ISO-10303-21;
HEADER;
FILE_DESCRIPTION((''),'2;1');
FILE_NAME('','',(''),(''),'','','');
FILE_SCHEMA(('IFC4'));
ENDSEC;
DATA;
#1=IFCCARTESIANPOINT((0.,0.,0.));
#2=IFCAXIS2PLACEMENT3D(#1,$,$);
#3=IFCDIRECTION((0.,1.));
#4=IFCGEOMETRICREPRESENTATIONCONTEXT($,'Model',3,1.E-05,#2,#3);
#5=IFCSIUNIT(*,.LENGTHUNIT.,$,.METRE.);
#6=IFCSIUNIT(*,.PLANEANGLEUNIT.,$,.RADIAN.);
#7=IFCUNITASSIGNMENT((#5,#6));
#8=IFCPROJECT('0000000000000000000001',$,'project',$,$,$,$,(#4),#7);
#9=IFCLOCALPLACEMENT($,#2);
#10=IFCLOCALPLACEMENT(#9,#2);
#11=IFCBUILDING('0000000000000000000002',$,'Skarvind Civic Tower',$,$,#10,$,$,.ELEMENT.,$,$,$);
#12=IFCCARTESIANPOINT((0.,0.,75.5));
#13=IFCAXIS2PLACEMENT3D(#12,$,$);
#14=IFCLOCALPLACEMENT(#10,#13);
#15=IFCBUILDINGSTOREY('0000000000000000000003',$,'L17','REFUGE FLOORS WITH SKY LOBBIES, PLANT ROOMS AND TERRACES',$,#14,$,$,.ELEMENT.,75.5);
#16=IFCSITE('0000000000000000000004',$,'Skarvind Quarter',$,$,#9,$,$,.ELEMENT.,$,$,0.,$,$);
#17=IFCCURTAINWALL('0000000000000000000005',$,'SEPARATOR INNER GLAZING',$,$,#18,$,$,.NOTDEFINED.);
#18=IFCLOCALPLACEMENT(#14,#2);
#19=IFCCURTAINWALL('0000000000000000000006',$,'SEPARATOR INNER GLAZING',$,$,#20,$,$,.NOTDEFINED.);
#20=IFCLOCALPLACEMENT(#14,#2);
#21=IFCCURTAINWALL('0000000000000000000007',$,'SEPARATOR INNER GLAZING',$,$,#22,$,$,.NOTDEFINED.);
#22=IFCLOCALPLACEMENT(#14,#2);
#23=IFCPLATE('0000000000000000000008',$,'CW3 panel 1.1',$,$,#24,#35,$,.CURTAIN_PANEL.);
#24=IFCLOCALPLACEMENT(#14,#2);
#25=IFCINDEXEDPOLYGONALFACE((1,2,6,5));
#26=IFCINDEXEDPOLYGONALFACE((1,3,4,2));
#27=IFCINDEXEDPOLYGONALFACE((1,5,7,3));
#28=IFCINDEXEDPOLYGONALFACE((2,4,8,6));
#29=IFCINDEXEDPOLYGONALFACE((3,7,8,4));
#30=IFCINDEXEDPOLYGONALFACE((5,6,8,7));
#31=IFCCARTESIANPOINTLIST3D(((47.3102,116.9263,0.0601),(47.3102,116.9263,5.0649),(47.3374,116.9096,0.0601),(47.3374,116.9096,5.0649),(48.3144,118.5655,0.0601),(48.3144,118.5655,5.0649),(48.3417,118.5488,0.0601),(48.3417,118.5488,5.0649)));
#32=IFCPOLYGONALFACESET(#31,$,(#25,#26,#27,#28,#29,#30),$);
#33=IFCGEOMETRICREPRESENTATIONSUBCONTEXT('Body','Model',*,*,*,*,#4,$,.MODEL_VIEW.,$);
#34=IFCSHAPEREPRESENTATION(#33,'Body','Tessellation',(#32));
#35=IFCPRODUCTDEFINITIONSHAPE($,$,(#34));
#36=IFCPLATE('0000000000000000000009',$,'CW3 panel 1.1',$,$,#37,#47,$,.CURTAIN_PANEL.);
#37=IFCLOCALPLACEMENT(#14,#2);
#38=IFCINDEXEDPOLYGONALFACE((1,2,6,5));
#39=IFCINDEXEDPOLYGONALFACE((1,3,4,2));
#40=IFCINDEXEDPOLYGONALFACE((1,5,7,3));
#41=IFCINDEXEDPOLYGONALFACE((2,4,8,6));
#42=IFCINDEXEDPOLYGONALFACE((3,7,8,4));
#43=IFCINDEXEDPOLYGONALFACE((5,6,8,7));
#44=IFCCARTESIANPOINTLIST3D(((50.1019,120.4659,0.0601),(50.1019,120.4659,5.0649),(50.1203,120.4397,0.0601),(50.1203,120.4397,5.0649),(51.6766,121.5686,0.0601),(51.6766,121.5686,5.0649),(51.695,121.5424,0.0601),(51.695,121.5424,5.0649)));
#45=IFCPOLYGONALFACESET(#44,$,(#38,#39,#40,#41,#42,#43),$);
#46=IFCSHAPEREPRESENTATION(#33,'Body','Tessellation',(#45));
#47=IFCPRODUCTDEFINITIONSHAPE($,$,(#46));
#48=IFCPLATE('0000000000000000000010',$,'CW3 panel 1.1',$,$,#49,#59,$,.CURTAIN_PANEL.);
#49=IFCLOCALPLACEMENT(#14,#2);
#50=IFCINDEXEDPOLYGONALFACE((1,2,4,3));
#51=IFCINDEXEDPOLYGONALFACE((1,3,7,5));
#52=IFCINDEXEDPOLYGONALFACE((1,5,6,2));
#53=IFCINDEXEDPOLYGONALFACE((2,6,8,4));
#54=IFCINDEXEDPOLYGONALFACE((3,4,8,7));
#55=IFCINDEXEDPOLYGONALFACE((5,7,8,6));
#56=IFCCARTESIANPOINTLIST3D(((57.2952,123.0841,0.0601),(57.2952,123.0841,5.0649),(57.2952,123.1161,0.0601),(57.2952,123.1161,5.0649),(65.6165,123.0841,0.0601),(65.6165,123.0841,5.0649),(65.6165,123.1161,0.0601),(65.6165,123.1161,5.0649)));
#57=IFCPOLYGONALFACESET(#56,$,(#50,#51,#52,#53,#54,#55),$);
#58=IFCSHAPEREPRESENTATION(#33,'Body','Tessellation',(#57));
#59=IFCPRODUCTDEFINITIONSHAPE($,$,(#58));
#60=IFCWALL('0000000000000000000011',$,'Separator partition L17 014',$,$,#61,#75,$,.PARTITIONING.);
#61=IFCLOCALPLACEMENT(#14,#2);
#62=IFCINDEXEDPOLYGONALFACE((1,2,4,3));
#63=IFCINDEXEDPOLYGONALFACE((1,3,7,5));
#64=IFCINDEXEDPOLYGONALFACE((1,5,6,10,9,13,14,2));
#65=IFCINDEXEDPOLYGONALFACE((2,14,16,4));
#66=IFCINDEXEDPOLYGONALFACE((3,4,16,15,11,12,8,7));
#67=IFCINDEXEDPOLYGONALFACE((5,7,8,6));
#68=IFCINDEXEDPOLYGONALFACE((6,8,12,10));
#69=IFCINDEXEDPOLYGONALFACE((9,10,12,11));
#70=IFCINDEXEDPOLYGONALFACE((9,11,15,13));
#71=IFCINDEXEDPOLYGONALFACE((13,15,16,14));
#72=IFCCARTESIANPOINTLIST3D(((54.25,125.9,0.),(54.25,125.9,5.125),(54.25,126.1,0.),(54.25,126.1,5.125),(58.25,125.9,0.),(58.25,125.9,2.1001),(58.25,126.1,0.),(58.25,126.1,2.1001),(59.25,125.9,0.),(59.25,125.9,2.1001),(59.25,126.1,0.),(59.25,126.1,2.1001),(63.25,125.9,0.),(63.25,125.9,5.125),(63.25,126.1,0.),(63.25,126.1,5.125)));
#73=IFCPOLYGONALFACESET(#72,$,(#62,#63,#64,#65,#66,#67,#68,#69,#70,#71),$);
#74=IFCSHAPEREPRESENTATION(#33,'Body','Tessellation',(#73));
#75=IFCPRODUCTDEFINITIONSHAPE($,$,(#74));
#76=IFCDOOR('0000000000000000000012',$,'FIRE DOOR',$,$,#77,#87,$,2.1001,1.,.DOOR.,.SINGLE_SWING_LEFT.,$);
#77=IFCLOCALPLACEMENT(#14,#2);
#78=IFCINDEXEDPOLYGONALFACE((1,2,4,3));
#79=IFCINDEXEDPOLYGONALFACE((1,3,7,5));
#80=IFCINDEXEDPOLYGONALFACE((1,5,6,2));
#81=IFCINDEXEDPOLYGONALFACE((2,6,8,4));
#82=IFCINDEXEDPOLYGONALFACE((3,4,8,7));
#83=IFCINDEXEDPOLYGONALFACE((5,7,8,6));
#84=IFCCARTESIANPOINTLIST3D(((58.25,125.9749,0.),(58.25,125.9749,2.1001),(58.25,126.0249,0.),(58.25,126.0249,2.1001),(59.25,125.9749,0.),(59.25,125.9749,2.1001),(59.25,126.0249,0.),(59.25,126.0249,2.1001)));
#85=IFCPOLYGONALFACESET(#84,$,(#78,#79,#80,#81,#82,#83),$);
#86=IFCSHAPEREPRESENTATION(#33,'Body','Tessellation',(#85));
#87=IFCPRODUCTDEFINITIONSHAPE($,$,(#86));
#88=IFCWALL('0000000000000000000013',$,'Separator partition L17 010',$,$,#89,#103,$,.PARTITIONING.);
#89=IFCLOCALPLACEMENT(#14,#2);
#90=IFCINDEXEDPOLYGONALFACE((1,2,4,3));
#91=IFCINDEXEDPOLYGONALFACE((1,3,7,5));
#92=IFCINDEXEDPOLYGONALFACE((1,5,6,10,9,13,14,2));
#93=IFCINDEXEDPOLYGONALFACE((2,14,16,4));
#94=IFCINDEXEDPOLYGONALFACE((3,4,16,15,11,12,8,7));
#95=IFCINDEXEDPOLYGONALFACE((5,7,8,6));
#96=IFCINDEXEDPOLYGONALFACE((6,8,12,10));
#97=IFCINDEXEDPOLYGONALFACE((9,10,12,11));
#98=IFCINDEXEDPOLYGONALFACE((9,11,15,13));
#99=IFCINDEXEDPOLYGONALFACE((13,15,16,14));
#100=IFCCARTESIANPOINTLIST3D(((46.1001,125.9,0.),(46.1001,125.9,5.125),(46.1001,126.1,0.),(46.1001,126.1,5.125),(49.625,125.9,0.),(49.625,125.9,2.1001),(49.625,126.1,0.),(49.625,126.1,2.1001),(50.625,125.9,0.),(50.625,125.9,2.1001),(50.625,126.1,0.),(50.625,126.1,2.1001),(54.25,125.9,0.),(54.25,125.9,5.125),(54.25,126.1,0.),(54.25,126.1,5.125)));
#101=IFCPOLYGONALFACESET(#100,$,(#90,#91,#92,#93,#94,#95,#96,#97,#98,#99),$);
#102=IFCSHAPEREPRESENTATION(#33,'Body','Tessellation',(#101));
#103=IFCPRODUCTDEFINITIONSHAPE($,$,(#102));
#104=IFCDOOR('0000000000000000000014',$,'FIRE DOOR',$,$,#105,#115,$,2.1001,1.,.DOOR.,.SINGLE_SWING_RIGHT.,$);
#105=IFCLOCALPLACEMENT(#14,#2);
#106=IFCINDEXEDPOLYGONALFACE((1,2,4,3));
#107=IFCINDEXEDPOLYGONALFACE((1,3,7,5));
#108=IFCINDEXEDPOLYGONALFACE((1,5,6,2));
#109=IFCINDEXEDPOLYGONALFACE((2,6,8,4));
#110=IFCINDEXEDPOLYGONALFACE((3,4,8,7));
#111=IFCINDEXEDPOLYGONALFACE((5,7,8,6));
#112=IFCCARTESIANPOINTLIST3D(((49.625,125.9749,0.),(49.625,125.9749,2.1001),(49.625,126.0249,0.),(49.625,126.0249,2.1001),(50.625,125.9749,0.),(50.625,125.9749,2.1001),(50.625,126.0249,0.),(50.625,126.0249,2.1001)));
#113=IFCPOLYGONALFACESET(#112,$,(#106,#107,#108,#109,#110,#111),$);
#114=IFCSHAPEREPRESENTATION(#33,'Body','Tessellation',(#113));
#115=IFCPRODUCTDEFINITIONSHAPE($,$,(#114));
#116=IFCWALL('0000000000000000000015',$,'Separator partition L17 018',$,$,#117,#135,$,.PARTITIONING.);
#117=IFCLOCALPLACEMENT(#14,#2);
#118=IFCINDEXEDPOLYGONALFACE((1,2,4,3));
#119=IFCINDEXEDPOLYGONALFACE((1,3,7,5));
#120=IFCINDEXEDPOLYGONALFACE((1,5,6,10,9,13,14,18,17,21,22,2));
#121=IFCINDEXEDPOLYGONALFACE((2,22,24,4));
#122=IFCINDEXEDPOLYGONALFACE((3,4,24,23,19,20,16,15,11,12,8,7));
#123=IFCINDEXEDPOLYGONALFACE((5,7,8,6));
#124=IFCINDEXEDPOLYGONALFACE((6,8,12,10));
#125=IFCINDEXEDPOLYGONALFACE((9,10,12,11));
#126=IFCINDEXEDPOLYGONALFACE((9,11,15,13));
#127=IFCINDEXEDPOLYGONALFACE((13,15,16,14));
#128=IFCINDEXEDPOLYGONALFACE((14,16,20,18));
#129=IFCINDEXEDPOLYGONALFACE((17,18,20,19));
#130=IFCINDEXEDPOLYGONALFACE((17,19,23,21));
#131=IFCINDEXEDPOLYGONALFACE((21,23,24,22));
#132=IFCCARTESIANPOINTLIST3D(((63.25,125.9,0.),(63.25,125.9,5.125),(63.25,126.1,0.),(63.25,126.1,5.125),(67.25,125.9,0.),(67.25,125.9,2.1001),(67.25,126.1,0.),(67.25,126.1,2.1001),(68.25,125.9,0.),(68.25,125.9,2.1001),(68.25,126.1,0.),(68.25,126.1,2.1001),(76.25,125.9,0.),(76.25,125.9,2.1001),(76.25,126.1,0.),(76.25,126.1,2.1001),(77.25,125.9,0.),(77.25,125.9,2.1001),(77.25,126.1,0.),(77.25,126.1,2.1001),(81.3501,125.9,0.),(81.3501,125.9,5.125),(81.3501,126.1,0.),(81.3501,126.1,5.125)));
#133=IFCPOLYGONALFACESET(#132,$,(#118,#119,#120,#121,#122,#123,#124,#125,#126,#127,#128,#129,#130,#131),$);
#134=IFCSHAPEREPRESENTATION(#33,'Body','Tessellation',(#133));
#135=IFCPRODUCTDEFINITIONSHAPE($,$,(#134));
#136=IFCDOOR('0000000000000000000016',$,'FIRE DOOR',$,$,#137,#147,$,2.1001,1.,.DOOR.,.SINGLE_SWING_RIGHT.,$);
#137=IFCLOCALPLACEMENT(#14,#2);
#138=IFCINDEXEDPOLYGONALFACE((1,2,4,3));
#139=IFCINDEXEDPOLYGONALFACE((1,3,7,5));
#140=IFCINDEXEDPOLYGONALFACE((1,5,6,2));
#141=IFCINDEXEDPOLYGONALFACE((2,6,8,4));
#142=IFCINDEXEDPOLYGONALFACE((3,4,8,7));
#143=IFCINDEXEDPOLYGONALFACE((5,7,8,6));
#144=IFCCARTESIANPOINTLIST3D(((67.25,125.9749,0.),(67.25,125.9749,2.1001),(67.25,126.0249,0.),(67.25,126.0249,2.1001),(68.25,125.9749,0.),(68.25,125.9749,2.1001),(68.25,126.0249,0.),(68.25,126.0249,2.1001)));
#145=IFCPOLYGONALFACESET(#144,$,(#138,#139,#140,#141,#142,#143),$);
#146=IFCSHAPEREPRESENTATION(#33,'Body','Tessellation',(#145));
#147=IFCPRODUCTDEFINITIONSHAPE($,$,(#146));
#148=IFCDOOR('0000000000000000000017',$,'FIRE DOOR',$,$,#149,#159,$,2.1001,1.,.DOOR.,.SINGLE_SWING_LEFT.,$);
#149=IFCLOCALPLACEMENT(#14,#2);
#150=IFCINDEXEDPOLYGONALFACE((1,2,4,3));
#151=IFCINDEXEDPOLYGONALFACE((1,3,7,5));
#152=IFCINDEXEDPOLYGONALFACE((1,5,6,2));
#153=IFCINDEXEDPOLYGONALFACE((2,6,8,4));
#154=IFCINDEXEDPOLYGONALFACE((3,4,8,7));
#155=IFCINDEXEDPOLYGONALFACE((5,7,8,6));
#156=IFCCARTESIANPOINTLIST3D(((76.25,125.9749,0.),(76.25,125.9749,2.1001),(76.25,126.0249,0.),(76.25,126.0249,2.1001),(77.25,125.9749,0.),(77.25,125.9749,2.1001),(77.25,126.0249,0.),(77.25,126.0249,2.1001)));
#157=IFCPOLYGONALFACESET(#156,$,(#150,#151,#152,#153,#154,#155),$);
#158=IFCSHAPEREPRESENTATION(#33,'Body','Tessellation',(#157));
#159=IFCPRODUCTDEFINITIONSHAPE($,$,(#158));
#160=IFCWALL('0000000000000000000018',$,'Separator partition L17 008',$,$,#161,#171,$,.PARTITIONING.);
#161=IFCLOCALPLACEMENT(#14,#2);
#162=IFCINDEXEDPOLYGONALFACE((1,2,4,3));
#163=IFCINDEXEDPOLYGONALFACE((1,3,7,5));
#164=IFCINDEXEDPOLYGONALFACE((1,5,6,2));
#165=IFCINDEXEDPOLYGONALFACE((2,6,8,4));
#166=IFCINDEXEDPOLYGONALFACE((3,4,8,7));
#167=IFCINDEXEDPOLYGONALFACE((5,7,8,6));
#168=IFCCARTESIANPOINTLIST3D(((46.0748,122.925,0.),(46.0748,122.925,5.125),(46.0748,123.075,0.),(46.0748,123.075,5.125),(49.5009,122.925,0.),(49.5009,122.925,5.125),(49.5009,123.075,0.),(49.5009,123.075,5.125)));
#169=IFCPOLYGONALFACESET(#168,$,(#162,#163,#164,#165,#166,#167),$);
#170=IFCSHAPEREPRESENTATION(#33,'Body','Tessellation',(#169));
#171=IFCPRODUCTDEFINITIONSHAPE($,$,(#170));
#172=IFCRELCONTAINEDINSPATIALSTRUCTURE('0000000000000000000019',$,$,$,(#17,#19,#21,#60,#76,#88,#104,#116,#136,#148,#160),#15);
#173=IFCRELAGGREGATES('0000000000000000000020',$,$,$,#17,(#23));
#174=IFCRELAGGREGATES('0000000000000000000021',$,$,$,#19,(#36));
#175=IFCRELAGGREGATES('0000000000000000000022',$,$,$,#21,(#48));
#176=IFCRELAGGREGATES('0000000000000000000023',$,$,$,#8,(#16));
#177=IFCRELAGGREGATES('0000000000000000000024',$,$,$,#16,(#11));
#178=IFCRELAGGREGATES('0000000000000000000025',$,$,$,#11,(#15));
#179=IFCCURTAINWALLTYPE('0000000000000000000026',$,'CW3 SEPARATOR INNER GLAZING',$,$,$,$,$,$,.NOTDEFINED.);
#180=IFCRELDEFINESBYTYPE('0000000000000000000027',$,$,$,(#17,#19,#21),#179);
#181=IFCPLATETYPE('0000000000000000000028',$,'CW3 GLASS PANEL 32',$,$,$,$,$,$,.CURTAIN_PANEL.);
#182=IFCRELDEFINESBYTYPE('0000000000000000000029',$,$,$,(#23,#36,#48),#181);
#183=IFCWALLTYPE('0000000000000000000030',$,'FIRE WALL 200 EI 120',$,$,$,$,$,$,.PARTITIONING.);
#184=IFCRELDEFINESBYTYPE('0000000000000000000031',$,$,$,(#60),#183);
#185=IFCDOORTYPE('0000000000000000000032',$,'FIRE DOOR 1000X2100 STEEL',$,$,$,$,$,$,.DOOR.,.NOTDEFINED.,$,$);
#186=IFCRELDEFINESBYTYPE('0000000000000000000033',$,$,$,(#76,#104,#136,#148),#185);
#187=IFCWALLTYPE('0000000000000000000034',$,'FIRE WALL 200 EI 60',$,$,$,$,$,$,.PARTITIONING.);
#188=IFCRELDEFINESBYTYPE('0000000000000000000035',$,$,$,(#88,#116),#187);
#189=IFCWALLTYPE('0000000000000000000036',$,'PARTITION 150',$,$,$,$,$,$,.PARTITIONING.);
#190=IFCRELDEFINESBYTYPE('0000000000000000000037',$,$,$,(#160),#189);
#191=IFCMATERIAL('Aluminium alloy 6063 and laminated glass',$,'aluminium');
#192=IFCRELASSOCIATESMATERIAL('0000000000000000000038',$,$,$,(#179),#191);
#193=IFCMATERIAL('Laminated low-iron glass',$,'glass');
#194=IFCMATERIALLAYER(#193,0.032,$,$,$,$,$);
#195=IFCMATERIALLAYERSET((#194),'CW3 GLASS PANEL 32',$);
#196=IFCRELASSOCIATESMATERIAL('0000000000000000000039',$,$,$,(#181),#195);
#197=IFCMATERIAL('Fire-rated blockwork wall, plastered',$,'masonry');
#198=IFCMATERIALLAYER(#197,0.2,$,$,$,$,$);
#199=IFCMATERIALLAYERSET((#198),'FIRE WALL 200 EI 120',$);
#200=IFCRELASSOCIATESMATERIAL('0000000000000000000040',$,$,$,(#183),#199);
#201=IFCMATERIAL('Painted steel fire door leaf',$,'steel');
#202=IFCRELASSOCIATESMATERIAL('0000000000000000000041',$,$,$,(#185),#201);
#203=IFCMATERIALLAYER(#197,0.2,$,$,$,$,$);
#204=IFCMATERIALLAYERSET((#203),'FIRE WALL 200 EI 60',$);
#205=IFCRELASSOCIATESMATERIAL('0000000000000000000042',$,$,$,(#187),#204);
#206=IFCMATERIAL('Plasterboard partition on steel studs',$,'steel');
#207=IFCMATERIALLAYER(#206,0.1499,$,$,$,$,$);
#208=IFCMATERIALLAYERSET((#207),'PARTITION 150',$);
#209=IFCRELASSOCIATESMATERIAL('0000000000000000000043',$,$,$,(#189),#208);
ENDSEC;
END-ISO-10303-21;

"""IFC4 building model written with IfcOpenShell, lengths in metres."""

from ifc_helpers import new_model, si_unit, direction, frame, frame_2d, origin, origin_2d, place, context, subcontext, project, spatial, rectangle, extrude, material, layer, layer_set, type_object, element, fill, aggregate, save


model = new_model("IFC4")

# Units and contexts
model_context = context("Model", 3, precision=1e-05, world=origin(), true_north=direction((0.0, 1.0)))
body_context = subcontext(model_context, "Body", "Model", "MODEL_VIEW")
ifc_project = project(units=[si_unit("LENGTHUNIT", "METRE"), si_unit("PLANEANGLEUNIT", "RADIAN")], contexts=[model_context])

# Site, building, storey
site_placement = place(None, origin())
site = spatial("IfcSite", under=ifc_project, at=site_placement, Name="Skarvind Quarter", CompositionType="ELEMENT", RefElevation=0.0)
building_placement = place(site_placement, origin())
building = spatial("IfcBuilding", under=site, at=building_placement, Name="Skarvind Civic Tower", CompositionType="ELEMENT")
storey_placement = place(building_placement, frame((0.0, 0.0, 75.5)))
storey = spatial("IfcBuildingStorey", under=building, at=storey_placement, Name="L17", Description="REFUGE FLOORS WITH SKY LOBBIES, PLANT ROOMS AND TERRACES", CompositionType="ELEMENT", Elevation=75.5)

# Curtain walls
ifc_material_1 = material(Name="Aluminium alloy 6063 and laminated glass", Category="aluminium")
curtain_wall_type = type_object("IfcCurtainWallType", Name="CW3 SEPARATOR INNER GLAZING", PredefinedType="NOTDEFINED", material=ifc_material_1)
curtain_wall_1_placement = place(storey_placement, origin())
curtain_wall_1 = element("IfcCurtainWall", 1, at=curtain_wall_1_placement, inside=storey, type_object=curtain_wall_type, Name="SEPARATOR INNER GLAZING", PredefinedType="NOTDEFINED")
curtain_wall_2_placement = place(storey_placement, origin())
curtain_wall_2 = element("IfcCurtainWall", 2, at=curtain_wall_2_placement, inside=storey, type_object=curtain_wall_type, Name="SEPARATOR INNER GLAZING", PredefinedType="NOTDEFINED")

# Curtain wall
curtain_wall_3_placement = place(storey_placement, origin())
curtain_wall_3 = element("IfcCurtainWall", 3, at=curtain_wall_3_placement, inside=storey, type_object=curtain_wall_type, Name="SEPARATOR INNER GLAZING", PredefinedType="NOTDEFINED")

# Plates
ifc_material_2 = material(Name="Laminated low-iron glass", Category="glass")
ifc_layer_1 = layer(ifc_material_2, 0.032)
ifc_layer_set_1 = layer_set([ifc_layer_1], Name="CW3 GLASS PANEL 32")
plate_type = type_object("IfcPlateType", Name="CW3 GLASS PANEL 32", PredefinedType="CURTAIN_PANEL", material=ifc_layer_set_1)
plate_1_placement = place(storey_placement, frame((47.8259, 117.7375, 0.0601), z_axis=(0.0, 0.0, 1.0), x_axis=(-0.522416, -0.852691, 0.0)))
plate_1 = element("IfcPlate", 4, at=plate_1_placement, type_object=plate_type, Name="CW3 panel 1.1", PredefinedType="CURTAIN_PANEL", context=body_context, shape_type="SweptSolid", body=[
    extrude(rectangle(XDim=1.9224, YDim=0.032, at=origin_2d()), origin(), (0.0, 0.0, 1.0), 5.0049),
])
aggregate(curtain_wall_1, [plate_1])
plate_2_placement = place(storey_placement, frame((50.8984, 121.0042, 0.0601), z_axis=(0.0, 0.0, 1.0), x_axis=(-0.819147, -0.573584, 0.0)))
plate_2 = element("IfcPlate", 5, at=plate_2_placement, type_object=plate_type, Name="CW3 panel 1.1", PredefinedType="CURTAIN_PANEL", context=body_context, shape_type="SweptSolid", body=[
    extrude(rectangle(XDim=1.9224, YDim=0.032, at=origin_2d()), origin(), (0.0, 0.0, 1.0), 5.0049),
])
aggregate(curtain_wall_2, [plate_2])
plate_3_placement = place(storey_placement, frame((61.4558, 123.1001, 0.0601), z_axis=(0.0, 0.0, 1.0), x_axis=(-1.0, 0.0, 0.0)))
plate_3 = element("IfcPlate", 6, at=plate_3_placement, type_object=plate_type, Name="CW3 panel 1.1", PredefinedType="CURTAIN_PANEL", context=body_context, shape_type="SweptSolid", body=[
    extrude(rectangle(XDim=8.3213, YDim=0.032, at=origin_2d()), origin(), (0.0, 0.0, 1.0), 5.0049),
])
aggregate(curtain_wall_3, [plate_3])

# Walls, openings, doors
ifc_material_3 = material(Name="Fire-rated blockwork wall, plastered", Category="masonry")
ifc_layer_2 = layer(ifc_material_3, 0.2)
ifc_layer_set_2 = layer_set([ifc_layer_2], Name="FIRE WALL 200 EI 120")
wall_type_1 = type_object("IfcWallType", Name="FIRE WALL 200 EI 120", PredefinedType="PARTITIONING", material=ifc_layer_set_2)
wall_1_placement = place(storey_placement, frame((54.25, 126.0, 0.0), z_axis=(0.0, 0.0, 1.0), x_axis=(1.0, 0.0, 0.0)))
wall_1 = element("IfcWall", 7, at=wall_1_placement, inside=storey, type_object=wall_type_1, Name="Separator partition L17 014", PredefinedType="PARTITIONING", context=body_context, shape_type="SweptSolid", body=[
    extrude(rectangle(XDim=9.0, YDim=0.2, at=frame_2d((4.5, 0.0))), origin(), (0.0, 0.0, 1.0), 5.125),
])
opening_1_placement = place(wall_1_placement, frame((4.0, 0.0, 0.0)))
opening_1 = element("IfcOpeningElement", 8, at=opening_1_placement, cuts=wall_1, PredefinedType="OPENING", context=body_context, shape_type="SweptSolid", body=[
    extrude(rectangle(XDim=1.0, YDim=2.1001, at=frame_2d((0.5, 1.05))), frame((0.0, 0.1099, 0.0), z_axis=(0.0, -1.0, 0.0), x_axis=(1.0, 0.0, 0.0)), (0.0, 0.0, 1.0), 0.22),
])
ifc_material_4 = material(Name="Painted steel fire door leaf", Category="steel")
door_type_1 = type_object("IfcDoorType", Name="FIRE DOOR 1000X2100 STEEL", OperationType="NOTDEFINED", PredefinedType="DOOR", material=ifc_material_4)
door_1_placement = place(opening_1_placement, origin())
door_1 = element("IfcDoor", 9, at=door_1_placement, inside=storey, type_object=door_type_1, Name="FIRE DOOR", OperationType="SINGLE_SWING_LEFT", OverallHeight=2.1001, OverallWidth=1.0, PredefinedType="DOOR", context=body_context, shape_type="SweptSolid", body=[
    extrude(rectangle(XDim=1.0, YDim=2.1001, at=frame_2d((0.5, 1.05))), frame((0.0, 0.0249, 0.0), z_axis=(0.0, -1.0, 0.0), x_axis=(1.0, 0.0, 0.0)), (0.0, 0.0, 1.0), 0.05),
])
fill(opening_1, door_1)
ifc_layer_3 = layer(ifc_material_3, 0.2)
ifc_layer_set_3 = layer_set([ifc_layer_3], Name="FIRE WALL 200 EI 60")
wall_type_2 = type_object("IfcWallType", Name="FIRE WALL 200 EI 60", PredefinedType="PARTITIONING", material=ifc_layer_set_3)
wall_2_placement = place(storey_placement, frame((46.1001, 126.0, 0.0), z_axis=(0.0, 0.0, 1.0), x_axis=(1.0, 0.0, 0.0)))
wall_2 = element("IfcWall", 10, at=wall_2_placement, inside=storey, type_object=wall_type_2, Name="Separator partition L17 010", PredefinedType="PARTITIONING", context=body_context, shape_type="SweptSolid", body=[
    extrude(rectangle(XDim=8.1499, YDim=0.2, at=frame_2d((4.075, 0.0))), origin(), (0.0, 0.0, 1.0), 5.125),
])
opening_2_placement = place(wall_2_placement, frame((3.5249, 0.0, 0.0)))
opening_2 = element("IfcOpeningElement", 11, at=opening_2_placement, cuts=wall_2, PredefinedType="OPENING", context=body_context, shape_type="SweptSolid", body=[
    extrude(rectangle(XDim=1.0, YDim=2.1001, at=frame_2d((0.5, 1.05))), frame((0.0, 0.1099, 0.0), z_axis=(0.0, -1.0, 0.0), x_axis=(1.0, 0.0, 0.0)), (0.0, 0.0, 1.0), 0.22),
])
door_2_placement = place(opening_2_placement, origin())
door_2 = element("IfcDoor", 12, at=door_2_placement, inside=storey, type_object=door_type_1, Name="FIRE DOOR", OperationType="SINGLE_SWING_RIGHT", OverallHeight=2.1001, OverallWidth=1.0, PredefinedType="DOOR", context=body_context, shape_type="SweptSolid", body=[
    extrude(rectangle(XDim=1.0, YDim=2.1001, at=frame_2d((0.5, 1.05))), frame((0.0, 0.0249, 0.0), z_axis=(0.0, -1.0, 0.0), x_axis=(1.0, 0.0, 0.0)), (0.0, 0.0, 1.0), 0.05),
])
fill(opening_2, door_2)

# Wall, openings, doors
wall_3_placement = place(storey_placement, frame((63.25, 126.0, 0.0), z_axis=(0.0, 0.0, 1.0), x_axis=(1.0, 0.0, 0.0)))
wall_3 = element("IfcWall", 13, at=wall_3_placement, inside=storey, type_object=wall_type_2, Name="Separator partition L17 018", PredefinedType="PARTITIONING", context=body_context, shape_type="SweptSolid", body=[
    extrude(rectangle(XDim=18.1001, YDim=0.2, at=frame_2d((9.05, 0.0))), origin(), (0.0, 0.0, 1.0), 5.125),
])
opening_3_placement = place(wall_3_placement, frame((4.0, 0.0, 0.0)))
opening_3 = element("IfcOpeningElement", 14, at=opening_3_placement, cuts=wall_3, PredefinedType="OPENING", context=body_context, shape_type="SweptSolid", body=[
    extrude(rectangle(XDim=1.0, YDim=2.1001, at=frame_2d((0.5, 1.05))), frame((0.0, 0.1099, 0.0), z_axis=(0.0, -1.0, 0.0), x_axis=(1.0, 0.0, 0.0)), (0.0, 0.0, 1.0), 0.22),
])
opening_4_placement = place(wall_3_placement, frame((13.0, 0.0, 0.0)))
opening_4 = element("IfcOpeningElement", 15, at=opening_4_placement, cuts=wall_3, PredefinedType="OPENING", context=body_context, shape_type="SweptSolid", body=[
    extrude(rectangle(XDim=1.0, YDim=2.1001, at=frame_2d((0.5, 1.05))), frame((0.0, 0.1099, 0.0), z_axis=(0.0, -1.0, 0.0), x_axis=(1.0, 0.0, 0.0)), (0.0, 0.0, 1.0), 0.22),
])
door_3_placement = place(opening_3_placement, origin())
door_3 = element("IfcDoor", 16, at=door_3_placement, inside=storey, type_object=door_type_1, Name="FIRE DOOR", OperationType="SINGLE_SWING_RIGHT", OverallHeight=2.1001, OverallWidth=1.0, PredefinedType="DOOR", context=body_context, shape_type="SweptSolid", body=[
    extrude(rectangle(XDim=1.0, YDim=2.1001, at=frame_2d((0.5, 1.05))), frame((0.0, 0.0249, 0.0), z_axis=(0.0, -1.0, 0.0), x_axis=(1.0, 0.0, 0.0)), (0.0, 0.0, 1.0), 0.05),
])
fill(opening_3, door_3)
door_4_placement = place(opening_4_placement, origin())
door_4 = element("IfcDoor", 17, at=door_4_placement, inside=storey, type_object=door_type_1, Name="FIRE DOOR", OperationType="SINGLE_SWING_LEFT", OverallHeight=2.1001, OverallWidth=1.0, PredefinedType="DOOR", context=body_context, shape_type="SweptSolid", body=[
    extrude(rectangle(XDim=1.0, YDim=2.1001, at=frame_2d((0.5, 1.05))), frame((0.0, 0.0249, 0.0), z_axis=(0.0, -1.0, 0.0), x_axis=(1.0, 0.0, 0.0)), (0.0, 0.0, 1.0), 0.05),
])
fill(opening_4, door_4)

# Wall
ifc_material_5 = material(Name="Plasterboard partition on steel studs", Category="steel")
ifc_layer_4 = layer(ifc_material_5, 0.1499)
ifc_layer_set_4 = layer_set([ifc_layer_4], Name="PARTITION 150")
wall_type_3 = type_object("IfcWallType", Name="PARTITION 150", PredefinedType="PARTITIONING", material=ifc_layer_set_4)
wall_4_placement = place(storey_placement, frame((46.075, 123.0, 0.0), z_axis=(0.0, 0.0, 1.0), x_axis=(1.0, 0.0, 0.0)))
element("IfcWall", 18, at=wall_4_placement, inside=storey, type_object=wall_type_3, Name="Separator partition L17 008", PredefinedType="PARTITIONING", context=body_context, shape_type="SweptSolid", body=[
    extrude(rectangle(XDim=3.426, YDim=0.1499, at=frame_2d((1.7129, 0.0))), origin(), (0.0, 0.0, 1.0), 5.125),
])

save(model, "model.ifc")
